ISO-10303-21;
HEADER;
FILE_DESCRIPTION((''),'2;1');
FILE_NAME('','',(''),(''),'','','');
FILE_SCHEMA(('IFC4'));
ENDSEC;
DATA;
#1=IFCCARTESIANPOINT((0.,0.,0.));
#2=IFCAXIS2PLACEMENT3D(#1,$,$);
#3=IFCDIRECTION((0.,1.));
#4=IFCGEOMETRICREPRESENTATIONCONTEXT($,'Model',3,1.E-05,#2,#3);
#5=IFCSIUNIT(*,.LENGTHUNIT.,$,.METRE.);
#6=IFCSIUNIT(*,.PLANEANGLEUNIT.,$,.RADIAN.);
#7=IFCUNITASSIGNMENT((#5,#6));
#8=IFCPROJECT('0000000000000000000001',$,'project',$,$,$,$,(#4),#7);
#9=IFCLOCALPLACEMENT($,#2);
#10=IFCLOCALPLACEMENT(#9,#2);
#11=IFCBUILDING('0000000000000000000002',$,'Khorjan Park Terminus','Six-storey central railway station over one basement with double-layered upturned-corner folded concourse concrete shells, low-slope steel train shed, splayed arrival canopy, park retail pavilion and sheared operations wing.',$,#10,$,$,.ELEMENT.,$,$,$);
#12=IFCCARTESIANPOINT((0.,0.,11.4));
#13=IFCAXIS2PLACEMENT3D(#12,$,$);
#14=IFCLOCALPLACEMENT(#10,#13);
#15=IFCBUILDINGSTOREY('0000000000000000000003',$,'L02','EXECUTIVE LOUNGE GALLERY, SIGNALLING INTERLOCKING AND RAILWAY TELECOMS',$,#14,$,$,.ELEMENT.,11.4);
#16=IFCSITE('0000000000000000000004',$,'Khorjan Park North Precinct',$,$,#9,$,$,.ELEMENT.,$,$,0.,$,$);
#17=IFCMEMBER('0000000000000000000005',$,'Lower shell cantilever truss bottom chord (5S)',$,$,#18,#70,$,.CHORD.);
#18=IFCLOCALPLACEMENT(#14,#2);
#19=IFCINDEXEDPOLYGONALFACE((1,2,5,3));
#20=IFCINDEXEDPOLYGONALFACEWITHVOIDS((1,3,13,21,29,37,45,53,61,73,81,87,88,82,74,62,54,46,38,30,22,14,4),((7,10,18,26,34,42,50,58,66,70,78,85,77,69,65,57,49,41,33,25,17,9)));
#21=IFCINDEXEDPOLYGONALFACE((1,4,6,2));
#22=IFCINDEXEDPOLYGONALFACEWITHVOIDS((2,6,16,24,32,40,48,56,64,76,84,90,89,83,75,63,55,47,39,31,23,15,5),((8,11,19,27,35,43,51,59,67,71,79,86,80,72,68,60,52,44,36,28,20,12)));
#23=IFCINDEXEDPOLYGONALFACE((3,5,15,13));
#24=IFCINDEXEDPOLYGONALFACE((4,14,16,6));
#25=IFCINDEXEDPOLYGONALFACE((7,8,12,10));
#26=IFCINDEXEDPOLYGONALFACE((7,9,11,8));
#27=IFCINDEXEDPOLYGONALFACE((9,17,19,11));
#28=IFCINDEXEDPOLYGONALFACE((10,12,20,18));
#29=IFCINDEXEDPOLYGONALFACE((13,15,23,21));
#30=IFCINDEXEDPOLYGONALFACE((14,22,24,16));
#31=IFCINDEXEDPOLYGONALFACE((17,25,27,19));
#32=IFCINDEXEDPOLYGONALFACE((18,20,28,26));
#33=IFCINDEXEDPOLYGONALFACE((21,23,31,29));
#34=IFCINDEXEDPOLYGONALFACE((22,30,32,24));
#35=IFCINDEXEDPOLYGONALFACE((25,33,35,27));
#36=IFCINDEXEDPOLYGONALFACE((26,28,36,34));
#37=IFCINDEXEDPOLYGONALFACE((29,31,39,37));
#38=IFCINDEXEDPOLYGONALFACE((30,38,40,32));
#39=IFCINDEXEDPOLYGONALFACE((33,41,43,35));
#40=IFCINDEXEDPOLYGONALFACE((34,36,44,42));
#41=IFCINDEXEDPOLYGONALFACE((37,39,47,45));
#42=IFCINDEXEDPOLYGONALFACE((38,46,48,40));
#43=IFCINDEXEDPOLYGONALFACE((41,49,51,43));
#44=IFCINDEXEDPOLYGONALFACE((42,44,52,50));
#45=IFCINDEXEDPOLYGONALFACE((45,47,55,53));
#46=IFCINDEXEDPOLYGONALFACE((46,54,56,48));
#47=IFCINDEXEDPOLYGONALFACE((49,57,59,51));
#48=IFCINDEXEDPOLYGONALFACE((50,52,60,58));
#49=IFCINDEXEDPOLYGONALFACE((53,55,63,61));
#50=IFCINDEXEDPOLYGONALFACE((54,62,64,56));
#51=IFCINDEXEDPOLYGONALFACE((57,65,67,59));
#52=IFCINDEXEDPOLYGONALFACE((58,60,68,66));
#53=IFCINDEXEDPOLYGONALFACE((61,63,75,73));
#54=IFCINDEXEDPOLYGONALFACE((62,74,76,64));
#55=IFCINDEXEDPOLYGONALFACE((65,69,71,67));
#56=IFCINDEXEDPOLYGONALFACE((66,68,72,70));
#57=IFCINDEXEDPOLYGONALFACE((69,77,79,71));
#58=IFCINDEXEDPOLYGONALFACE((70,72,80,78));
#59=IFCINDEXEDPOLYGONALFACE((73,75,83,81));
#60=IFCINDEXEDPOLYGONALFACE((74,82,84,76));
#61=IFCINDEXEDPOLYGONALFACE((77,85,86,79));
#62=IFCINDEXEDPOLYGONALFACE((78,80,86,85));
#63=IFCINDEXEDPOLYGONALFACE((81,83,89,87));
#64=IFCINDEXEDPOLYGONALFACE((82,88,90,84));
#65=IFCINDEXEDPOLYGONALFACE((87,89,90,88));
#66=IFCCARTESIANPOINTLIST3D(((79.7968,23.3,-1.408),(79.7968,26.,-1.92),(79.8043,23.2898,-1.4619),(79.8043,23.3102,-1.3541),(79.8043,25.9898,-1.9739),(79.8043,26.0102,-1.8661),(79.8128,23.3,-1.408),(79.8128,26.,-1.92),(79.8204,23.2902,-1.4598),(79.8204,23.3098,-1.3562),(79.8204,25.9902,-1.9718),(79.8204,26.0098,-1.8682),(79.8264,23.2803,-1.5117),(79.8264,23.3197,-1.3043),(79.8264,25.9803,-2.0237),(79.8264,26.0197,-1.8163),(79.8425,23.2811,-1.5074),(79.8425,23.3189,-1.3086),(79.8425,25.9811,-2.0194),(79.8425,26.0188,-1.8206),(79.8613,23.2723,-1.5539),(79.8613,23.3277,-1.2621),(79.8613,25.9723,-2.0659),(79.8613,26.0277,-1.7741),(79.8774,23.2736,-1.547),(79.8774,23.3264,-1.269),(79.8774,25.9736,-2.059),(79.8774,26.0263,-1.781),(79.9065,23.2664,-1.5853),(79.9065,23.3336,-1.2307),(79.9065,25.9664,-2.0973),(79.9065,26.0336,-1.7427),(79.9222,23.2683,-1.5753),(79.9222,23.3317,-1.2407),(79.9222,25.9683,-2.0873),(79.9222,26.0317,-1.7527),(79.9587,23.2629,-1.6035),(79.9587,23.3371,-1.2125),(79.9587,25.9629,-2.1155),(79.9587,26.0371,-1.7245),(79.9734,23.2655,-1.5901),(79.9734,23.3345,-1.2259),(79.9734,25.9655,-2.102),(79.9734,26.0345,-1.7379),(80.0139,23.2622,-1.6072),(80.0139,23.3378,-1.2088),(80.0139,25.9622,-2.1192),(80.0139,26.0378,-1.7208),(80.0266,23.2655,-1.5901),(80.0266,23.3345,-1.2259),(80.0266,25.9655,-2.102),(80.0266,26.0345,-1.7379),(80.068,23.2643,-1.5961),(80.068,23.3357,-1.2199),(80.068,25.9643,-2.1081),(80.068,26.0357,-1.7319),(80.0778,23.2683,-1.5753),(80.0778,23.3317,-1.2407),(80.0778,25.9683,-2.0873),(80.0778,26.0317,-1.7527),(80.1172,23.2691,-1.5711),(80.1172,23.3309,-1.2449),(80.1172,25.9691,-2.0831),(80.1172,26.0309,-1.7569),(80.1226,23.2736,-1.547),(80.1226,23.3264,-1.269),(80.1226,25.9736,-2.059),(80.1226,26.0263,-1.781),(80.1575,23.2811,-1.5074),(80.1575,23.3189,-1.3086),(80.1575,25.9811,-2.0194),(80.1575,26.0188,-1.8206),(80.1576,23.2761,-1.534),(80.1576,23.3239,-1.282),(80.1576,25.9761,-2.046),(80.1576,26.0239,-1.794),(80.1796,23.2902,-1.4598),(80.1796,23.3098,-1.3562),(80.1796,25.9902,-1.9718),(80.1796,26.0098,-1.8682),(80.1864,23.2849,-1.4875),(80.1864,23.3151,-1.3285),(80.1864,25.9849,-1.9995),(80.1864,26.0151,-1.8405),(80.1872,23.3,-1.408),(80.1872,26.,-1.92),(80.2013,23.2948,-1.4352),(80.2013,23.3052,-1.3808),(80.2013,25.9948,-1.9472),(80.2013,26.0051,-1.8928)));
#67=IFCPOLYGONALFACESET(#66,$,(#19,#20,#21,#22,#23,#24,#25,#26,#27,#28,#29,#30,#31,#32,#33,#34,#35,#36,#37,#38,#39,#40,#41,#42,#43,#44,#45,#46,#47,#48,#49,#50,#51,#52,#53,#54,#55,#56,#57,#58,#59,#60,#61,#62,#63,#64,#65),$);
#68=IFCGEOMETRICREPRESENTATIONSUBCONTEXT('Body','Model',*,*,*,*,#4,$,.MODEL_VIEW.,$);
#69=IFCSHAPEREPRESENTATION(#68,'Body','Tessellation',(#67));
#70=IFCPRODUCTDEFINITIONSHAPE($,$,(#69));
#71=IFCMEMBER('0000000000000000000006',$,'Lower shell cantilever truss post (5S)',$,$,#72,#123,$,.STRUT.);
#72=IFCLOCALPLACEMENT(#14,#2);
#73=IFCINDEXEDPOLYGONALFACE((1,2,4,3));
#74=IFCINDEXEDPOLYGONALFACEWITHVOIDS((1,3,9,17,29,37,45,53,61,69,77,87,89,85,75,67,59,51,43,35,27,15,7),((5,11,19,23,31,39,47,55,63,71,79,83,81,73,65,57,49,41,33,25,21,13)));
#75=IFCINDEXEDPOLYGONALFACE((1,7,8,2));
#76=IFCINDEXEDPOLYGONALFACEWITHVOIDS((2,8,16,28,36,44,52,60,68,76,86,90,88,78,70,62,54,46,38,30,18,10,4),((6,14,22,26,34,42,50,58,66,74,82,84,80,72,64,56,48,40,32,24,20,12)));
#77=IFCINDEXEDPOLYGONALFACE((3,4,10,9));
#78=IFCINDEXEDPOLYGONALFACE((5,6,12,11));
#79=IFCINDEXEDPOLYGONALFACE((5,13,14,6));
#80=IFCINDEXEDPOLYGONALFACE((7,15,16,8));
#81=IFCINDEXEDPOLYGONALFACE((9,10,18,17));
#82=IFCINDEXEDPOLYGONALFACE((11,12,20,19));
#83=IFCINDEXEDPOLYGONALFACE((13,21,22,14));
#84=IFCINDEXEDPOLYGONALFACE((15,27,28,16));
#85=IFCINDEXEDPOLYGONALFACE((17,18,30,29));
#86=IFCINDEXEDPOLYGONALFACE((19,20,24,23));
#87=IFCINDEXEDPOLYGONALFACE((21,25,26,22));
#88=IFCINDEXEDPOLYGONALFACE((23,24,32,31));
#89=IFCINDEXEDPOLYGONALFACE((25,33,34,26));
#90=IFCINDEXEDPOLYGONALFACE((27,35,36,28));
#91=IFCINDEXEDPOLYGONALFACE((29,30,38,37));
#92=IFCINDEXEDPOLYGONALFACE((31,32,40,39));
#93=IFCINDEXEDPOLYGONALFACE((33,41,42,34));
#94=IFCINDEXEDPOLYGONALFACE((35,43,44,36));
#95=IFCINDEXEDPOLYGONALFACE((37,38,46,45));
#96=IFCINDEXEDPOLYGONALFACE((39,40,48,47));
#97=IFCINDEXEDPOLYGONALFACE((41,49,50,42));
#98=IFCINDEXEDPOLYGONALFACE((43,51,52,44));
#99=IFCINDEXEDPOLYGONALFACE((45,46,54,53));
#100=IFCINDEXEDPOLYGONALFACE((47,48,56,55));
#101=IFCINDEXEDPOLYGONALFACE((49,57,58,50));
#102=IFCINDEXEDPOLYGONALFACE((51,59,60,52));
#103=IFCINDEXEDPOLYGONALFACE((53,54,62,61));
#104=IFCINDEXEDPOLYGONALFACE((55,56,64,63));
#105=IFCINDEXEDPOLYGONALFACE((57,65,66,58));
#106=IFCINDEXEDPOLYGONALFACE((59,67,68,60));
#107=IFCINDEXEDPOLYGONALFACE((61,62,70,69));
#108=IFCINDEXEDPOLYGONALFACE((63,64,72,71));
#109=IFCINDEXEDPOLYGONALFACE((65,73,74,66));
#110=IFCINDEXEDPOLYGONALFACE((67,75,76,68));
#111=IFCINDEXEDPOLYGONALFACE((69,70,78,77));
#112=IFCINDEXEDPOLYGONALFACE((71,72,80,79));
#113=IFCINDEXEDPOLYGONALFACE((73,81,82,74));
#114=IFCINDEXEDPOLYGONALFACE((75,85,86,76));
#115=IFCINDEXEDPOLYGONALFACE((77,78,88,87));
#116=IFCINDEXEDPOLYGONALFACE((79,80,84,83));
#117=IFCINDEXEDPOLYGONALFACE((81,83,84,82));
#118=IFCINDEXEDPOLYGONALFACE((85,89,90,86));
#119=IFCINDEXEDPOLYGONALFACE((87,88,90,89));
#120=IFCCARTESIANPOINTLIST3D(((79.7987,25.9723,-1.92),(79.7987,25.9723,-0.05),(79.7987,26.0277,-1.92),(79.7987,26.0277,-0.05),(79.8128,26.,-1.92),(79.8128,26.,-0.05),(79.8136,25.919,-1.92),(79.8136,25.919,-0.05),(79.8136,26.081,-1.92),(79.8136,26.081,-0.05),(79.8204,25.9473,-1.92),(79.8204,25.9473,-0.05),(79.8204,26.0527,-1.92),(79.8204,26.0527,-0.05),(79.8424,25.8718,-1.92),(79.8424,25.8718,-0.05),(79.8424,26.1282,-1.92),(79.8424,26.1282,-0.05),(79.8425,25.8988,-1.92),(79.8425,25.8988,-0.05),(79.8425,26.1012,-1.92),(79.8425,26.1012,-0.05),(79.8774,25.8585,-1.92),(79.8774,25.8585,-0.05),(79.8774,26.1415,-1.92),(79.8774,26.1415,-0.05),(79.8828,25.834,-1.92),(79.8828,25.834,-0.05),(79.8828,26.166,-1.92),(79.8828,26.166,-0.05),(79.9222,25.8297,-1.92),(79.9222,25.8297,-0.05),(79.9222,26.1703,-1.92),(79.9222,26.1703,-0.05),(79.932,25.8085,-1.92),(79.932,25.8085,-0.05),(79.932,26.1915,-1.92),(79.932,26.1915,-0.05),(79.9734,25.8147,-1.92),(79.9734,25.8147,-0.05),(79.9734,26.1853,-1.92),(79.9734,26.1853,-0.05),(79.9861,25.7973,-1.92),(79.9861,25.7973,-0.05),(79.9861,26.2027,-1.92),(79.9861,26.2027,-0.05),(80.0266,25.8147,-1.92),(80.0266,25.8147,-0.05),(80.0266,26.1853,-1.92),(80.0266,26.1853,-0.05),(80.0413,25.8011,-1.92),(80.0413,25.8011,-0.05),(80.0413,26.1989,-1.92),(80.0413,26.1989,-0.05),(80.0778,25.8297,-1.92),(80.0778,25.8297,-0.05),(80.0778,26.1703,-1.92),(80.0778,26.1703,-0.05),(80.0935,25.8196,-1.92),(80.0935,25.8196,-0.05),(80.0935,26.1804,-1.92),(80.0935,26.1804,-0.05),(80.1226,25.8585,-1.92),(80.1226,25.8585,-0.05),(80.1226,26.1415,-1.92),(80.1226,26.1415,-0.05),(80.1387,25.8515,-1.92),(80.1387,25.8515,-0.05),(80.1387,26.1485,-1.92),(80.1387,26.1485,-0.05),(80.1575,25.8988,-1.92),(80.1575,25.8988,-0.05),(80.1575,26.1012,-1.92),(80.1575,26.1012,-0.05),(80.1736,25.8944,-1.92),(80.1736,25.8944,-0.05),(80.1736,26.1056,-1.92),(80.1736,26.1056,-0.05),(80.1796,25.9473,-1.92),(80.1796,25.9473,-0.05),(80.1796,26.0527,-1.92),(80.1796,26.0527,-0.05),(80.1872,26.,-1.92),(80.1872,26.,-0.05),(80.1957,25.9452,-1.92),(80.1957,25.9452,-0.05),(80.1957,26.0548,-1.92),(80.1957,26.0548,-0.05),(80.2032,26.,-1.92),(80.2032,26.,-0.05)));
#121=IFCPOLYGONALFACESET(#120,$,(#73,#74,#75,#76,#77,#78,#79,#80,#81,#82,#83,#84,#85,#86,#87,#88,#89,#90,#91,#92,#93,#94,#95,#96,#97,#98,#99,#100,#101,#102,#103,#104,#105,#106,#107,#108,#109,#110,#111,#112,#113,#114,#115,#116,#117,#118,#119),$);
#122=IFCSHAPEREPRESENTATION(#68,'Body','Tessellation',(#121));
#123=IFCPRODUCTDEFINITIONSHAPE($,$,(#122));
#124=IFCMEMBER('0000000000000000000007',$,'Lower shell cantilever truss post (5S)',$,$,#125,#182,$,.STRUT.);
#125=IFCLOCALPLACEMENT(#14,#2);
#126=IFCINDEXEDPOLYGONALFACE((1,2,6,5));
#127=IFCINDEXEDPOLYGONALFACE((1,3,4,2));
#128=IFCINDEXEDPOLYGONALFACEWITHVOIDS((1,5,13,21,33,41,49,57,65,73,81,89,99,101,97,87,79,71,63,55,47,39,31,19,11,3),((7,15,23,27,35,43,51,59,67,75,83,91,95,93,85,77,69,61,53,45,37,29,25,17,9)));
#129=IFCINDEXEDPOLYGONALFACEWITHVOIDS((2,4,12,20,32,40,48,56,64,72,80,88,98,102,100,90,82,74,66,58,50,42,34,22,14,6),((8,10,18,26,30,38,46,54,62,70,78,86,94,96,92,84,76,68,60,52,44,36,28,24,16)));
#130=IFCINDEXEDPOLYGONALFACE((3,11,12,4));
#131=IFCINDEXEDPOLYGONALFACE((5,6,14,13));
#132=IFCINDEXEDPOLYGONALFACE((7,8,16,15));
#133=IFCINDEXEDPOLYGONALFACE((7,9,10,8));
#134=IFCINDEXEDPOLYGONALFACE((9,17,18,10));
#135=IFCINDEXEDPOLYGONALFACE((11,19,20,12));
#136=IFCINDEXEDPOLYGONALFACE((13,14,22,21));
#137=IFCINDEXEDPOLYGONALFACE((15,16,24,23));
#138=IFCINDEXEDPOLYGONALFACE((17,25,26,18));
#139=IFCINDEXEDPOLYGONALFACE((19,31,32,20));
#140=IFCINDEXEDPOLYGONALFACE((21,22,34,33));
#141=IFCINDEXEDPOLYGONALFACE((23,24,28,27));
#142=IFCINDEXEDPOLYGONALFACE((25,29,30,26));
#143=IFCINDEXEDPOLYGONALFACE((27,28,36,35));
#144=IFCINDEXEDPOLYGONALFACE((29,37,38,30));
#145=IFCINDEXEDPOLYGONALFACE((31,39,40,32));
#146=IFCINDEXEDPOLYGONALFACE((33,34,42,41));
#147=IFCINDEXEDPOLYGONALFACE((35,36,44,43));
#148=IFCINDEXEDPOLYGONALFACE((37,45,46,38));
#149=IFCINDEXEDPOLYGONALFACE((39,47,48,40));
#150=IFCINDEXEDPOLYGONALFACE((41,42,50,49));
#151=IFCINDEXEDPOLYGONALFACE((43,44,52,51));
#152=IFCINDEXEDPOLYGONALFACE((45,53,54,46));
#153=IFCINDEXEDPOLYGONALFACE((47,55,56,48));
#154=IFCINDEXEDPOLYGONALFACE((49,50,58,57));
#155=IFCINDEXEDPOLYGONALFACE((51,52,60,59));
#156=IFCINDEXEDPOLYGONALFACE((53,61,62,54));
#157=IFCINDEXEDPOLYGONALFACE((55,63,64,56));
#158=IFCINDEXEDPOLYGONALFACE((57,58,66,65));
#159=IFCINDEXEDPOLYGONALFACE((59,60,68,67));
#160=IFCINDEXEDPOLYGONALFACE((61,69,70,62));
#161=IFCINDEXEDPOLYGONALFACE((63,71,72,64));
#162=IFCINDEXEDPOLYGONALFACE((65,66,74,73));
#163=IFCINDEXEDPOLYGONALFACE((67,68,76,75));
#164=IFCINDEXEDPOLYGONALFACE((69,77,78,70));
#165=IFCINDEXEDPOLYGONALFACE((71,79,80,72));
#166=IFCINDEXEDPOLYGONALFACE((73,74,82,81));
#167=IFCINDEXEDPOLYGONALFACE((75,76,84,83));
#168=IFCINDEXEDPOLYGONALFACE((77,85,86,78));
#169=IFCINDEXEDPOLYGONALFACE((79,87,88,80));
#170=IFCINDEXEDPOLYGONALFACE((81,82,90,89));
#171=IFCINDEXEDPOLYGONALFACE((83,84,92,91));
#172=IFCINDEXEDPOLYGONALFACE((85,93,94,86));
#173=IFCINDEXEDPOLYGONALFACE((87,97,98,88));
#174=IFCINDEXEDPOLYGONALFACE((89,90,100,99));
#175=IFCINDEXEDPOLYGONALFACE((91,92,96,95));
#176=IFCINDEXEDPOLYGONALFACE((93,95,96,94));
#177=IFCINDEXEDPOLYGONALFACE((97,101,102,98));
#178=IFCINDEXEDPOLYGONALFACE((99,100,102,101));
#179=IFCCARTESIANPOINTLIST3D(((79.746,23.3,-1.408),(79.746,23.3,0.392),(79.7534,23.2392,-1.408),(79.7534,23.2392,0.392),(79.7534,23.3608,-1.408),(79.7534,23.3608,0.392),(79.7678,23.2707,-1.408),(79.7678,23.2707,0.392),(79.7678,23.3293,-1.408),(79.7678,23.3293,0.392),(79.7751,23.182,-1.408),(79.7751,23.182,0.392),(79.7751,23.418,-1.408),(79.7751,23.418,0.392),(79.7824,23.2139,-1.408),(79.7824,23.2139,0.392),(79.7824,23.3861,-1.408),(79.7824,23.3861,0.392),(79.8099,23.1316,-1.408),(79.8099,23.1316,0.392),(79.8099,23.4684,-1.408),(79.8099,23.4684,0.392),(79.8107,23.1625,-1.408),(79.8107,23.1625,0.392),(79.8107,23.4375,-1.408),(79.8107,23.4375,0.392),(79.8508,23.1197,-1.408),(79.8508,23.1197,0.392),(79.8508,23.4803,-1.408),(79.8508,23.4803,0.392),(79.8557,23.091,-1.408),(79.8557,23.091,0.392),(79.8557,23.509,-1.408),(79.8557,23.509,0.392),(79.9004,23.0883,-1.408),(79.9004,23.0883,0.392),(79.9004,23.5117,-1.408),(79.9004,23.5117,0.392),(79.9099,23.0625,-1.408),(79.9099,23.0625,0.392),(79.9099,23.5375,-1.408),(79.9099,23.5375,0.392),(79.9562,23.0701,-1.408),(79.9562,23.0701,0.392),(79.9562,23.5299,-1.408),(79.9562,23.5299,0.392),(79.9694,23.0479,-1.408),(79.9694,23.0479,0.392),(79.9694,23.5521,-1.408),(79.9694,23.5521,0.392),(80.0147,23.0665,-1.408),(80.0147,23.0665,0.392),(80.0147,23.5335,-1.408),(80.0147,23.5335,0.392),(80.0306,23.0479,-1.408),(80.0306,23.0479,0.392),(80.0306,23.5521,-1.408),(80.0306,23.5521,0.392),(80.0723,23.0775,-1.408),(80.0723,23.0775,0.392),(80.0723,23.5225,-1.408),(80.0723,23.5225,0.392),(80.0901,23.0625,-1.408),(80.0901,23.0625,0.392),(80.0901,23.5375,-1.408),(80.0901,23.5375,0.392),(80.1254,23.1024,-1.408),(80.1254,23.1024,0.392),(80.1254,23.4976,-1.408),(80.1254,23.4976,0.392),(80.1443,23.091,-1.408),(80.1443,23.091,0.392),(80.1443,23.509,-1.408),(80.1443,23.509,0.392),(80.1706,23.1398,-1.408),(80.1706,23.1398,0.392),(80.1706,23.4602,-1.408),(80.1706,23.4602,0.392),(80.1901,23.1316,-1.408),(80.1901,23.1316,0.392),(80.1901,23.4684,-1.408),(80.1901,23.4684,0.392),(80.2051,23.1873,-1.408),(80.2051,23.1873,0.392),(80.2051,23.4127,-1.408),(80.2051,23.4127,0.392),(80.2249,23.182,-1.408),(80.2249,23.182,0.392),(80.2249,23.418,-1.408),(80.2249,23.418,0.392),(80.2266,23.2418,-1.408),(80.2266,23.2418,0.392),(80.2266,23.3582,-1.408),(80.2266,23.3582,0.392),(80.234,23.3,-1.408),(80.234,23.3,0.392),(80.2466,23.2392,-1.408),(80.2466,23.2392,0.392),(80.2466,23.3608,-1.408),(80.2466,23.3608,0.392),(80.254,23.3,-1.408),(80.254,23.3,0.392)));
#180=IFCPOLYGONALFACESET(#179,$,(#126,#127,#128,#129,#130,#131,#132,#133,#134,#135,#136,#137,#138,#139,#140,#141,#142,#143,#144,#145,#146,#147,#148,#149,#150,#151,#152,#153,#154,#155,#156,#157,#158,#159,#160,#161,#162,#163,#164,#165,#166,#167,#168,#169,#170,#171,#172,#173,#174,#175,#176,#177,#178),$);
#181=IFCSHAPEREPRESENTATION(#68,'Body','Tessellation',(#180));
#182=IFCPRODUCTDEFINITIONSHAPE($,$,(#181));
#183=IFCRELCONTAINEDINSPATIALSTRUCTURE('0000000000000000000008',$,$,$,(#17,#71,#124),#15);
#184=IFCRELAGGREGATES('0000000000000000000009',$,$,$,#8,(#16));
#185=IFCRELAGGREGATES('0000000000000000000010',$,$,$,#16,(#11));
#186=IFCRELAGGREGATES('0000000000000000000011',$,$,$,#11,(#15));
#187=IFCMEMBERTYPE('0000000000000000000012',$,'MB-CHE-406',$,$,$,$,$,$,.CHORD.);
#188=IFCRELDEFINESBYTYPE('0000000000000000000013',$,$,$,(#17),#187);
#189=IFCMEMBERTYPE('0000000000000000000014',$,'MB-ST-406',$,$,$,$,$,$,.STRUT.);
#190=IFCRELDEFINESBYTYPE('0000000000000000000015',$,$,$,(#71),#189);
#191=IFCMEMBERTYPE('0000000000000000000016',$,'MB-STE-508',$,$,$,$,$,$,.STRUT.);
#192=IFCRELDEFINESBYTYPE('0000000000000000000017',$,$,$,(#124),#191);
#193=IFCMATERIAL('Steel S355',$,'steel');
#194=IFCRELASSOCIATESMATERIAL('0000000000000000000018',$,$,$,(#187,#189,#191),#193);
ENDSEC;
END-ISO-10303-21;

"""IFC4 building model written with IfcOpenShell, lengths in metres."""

from ifc_helpers import new_model, si_unit, direction, frame, origin, origin_2d, place, context, subcontext, project, spatial, hollow_circle, extrude, material, material_profile, profile_set, type_object, element, save


model = new_model("IFC4")

# Units and contexts
model_context = context("Model", 3, precision=1e-05, world=origin(), true_north=direction((0.0, 1.0)))
body_context = subcontext(model_context, "Body", "Model", "MODEL_VIEW")
ifc_project = project(units=[si_unit("LENGTHUNIT", "METRE"), si_unit("PLANEANGLEUNIT", "RADIAN")], contexts=[model_context])

# Site, building, storey
site_placement = place(None, origin())
site = spatial("IfcSite", under=ifc_project, at=site_placement, Name="Khorjan Park North Precinct", CompositionType="ELEMENT", RefElevation=0.0)
building_placement = place(site_placement, origin())
building = spatial("IfcBuilding", under=site, at=building_placement, Name="Khorjan Park Terminus", Description="Six-storey central railway station over one basement with double-layered upturned-corner folded concourse concrete shells, low-slope steel train shed, splayed arrival canopy, park retail pavilion and sheared operations wing.", CompositionType="ELEMENT")
storey_placement = place(building_placement, frame((0.0, 0.0, 11.4)))
storey = spatial("IfcBuildingStorey", under=building, at=storey_placement, Name="L02", Description="EXECUTIVE LOUNGE GALLERY, SIGNALLING INTERLOCKING AND RAILWAY TELECOMS", CompositionType="ELEMENT", Elevation=11.4)

# Members
ifc_material_1 = material(Name="Steel S355", Category="steel")
ifc_material_profile_1 = material_profile(ifc_material_1, hollow_circle(Radius=0.2032, WallThickness=0.016, at=origin_2d()), Name="CHS 406.4x16")
ifc_profile_set_1 = profile_set([ifc_material_profile_1], Name="Steel S355")
member_type_1 = type_object("IfcMemberType", Name="MB-CHE-406", PredefinedType="CHORD", material=ifc_profile_set_1)
member_1_placement = place(storey_placement, frame((80.0, 23.3, -1.408), z_axis=(0.0, 0.982491, -0.186309), x_axis=(-1.0, 0.0, 0.0)))
element("IfcMember", 1, at=member_1_placement, inside=storey, type_object=member_type_1, Name="Lower shell cantilever truss bottom chord (5S)", PredefinedType="CHORD", context=body_context, shape_type="SweptSolid", body=[
    extrude(hollow_circle(Radius=0.2032, WallThickness=0.016, at=origin_2d()), origin(), (0.0, 0.0, 1.0), 2.7481),
])
ifc_material_profile_2 = material_profile(ifc_material_1, hollow_circle(Radius=0.2032, WallThickness=0.016, at=origin_2d()), Name="CHS 406.4x16")
ifc_profile_set_2 = profile_set([ifc_material_profile_2], Name="Steel S355")
member_type_2 = type_object("IfcMemberType", Name="MB-ST-406", PredefinedType="STRUT", material=ifc_profile_set_2)
member_2_placement = place(storey_placement, frame((80.0, 26.0, -1.92), z_axis=(0.0, 0.0, 1.0), x_axis=(1.0, 0.0, 0.0)))
element("IfcMember", 2, at=member_2_placement, inside=storey, type_object=member_type_2, Name="Lower shell cantilever truss post (5S)", PredefinedType="STRUT", context=body_context, shape_type="SweptSolid", body=[
    extrude(hollow_circle(Radius=0.2032, WallThickness=0.016, at=origin_2d()), origin(), (0.0, 0.0, 1.0), 1.87),
])
ifc_material_profile_3 = material_profile(ifc_material_1, hollow_circle(Radius=0.254, WallThickness=0.02, at=origin_2d()), Name="CHS 508x20")
ifc_profile_set_3 = profile_set([ifc_material_profile_3], Name="Steel S355")
member_type_3 = type_object("IfcMemberType", Name="MB-STE-508", PredefinedType="STRUT", material=ifc_profile_set_3)
member_3_placement = place(storey_placement, frame((80.0, 23.3, -1.408), z_axis=(0.0, 0.0, 1.0), x_axis=(1.0, 0.0, 0.0)))
element("IfcMember", 3, at=member_3_placement, inside=storey, type_object=member_type_3, Name="Lower shell cantilever truss post (5S)", PredefinedType="STRUT", context=body_context, shape_type="SweptSolid", body=[
    extrude(hollow_circle(Radius=0.254, WallThickness=0.02, at=origin_2d()), origin(), (0.0, 0.0, 1.0), 1.8),
])

save(model, "model.ifc")
